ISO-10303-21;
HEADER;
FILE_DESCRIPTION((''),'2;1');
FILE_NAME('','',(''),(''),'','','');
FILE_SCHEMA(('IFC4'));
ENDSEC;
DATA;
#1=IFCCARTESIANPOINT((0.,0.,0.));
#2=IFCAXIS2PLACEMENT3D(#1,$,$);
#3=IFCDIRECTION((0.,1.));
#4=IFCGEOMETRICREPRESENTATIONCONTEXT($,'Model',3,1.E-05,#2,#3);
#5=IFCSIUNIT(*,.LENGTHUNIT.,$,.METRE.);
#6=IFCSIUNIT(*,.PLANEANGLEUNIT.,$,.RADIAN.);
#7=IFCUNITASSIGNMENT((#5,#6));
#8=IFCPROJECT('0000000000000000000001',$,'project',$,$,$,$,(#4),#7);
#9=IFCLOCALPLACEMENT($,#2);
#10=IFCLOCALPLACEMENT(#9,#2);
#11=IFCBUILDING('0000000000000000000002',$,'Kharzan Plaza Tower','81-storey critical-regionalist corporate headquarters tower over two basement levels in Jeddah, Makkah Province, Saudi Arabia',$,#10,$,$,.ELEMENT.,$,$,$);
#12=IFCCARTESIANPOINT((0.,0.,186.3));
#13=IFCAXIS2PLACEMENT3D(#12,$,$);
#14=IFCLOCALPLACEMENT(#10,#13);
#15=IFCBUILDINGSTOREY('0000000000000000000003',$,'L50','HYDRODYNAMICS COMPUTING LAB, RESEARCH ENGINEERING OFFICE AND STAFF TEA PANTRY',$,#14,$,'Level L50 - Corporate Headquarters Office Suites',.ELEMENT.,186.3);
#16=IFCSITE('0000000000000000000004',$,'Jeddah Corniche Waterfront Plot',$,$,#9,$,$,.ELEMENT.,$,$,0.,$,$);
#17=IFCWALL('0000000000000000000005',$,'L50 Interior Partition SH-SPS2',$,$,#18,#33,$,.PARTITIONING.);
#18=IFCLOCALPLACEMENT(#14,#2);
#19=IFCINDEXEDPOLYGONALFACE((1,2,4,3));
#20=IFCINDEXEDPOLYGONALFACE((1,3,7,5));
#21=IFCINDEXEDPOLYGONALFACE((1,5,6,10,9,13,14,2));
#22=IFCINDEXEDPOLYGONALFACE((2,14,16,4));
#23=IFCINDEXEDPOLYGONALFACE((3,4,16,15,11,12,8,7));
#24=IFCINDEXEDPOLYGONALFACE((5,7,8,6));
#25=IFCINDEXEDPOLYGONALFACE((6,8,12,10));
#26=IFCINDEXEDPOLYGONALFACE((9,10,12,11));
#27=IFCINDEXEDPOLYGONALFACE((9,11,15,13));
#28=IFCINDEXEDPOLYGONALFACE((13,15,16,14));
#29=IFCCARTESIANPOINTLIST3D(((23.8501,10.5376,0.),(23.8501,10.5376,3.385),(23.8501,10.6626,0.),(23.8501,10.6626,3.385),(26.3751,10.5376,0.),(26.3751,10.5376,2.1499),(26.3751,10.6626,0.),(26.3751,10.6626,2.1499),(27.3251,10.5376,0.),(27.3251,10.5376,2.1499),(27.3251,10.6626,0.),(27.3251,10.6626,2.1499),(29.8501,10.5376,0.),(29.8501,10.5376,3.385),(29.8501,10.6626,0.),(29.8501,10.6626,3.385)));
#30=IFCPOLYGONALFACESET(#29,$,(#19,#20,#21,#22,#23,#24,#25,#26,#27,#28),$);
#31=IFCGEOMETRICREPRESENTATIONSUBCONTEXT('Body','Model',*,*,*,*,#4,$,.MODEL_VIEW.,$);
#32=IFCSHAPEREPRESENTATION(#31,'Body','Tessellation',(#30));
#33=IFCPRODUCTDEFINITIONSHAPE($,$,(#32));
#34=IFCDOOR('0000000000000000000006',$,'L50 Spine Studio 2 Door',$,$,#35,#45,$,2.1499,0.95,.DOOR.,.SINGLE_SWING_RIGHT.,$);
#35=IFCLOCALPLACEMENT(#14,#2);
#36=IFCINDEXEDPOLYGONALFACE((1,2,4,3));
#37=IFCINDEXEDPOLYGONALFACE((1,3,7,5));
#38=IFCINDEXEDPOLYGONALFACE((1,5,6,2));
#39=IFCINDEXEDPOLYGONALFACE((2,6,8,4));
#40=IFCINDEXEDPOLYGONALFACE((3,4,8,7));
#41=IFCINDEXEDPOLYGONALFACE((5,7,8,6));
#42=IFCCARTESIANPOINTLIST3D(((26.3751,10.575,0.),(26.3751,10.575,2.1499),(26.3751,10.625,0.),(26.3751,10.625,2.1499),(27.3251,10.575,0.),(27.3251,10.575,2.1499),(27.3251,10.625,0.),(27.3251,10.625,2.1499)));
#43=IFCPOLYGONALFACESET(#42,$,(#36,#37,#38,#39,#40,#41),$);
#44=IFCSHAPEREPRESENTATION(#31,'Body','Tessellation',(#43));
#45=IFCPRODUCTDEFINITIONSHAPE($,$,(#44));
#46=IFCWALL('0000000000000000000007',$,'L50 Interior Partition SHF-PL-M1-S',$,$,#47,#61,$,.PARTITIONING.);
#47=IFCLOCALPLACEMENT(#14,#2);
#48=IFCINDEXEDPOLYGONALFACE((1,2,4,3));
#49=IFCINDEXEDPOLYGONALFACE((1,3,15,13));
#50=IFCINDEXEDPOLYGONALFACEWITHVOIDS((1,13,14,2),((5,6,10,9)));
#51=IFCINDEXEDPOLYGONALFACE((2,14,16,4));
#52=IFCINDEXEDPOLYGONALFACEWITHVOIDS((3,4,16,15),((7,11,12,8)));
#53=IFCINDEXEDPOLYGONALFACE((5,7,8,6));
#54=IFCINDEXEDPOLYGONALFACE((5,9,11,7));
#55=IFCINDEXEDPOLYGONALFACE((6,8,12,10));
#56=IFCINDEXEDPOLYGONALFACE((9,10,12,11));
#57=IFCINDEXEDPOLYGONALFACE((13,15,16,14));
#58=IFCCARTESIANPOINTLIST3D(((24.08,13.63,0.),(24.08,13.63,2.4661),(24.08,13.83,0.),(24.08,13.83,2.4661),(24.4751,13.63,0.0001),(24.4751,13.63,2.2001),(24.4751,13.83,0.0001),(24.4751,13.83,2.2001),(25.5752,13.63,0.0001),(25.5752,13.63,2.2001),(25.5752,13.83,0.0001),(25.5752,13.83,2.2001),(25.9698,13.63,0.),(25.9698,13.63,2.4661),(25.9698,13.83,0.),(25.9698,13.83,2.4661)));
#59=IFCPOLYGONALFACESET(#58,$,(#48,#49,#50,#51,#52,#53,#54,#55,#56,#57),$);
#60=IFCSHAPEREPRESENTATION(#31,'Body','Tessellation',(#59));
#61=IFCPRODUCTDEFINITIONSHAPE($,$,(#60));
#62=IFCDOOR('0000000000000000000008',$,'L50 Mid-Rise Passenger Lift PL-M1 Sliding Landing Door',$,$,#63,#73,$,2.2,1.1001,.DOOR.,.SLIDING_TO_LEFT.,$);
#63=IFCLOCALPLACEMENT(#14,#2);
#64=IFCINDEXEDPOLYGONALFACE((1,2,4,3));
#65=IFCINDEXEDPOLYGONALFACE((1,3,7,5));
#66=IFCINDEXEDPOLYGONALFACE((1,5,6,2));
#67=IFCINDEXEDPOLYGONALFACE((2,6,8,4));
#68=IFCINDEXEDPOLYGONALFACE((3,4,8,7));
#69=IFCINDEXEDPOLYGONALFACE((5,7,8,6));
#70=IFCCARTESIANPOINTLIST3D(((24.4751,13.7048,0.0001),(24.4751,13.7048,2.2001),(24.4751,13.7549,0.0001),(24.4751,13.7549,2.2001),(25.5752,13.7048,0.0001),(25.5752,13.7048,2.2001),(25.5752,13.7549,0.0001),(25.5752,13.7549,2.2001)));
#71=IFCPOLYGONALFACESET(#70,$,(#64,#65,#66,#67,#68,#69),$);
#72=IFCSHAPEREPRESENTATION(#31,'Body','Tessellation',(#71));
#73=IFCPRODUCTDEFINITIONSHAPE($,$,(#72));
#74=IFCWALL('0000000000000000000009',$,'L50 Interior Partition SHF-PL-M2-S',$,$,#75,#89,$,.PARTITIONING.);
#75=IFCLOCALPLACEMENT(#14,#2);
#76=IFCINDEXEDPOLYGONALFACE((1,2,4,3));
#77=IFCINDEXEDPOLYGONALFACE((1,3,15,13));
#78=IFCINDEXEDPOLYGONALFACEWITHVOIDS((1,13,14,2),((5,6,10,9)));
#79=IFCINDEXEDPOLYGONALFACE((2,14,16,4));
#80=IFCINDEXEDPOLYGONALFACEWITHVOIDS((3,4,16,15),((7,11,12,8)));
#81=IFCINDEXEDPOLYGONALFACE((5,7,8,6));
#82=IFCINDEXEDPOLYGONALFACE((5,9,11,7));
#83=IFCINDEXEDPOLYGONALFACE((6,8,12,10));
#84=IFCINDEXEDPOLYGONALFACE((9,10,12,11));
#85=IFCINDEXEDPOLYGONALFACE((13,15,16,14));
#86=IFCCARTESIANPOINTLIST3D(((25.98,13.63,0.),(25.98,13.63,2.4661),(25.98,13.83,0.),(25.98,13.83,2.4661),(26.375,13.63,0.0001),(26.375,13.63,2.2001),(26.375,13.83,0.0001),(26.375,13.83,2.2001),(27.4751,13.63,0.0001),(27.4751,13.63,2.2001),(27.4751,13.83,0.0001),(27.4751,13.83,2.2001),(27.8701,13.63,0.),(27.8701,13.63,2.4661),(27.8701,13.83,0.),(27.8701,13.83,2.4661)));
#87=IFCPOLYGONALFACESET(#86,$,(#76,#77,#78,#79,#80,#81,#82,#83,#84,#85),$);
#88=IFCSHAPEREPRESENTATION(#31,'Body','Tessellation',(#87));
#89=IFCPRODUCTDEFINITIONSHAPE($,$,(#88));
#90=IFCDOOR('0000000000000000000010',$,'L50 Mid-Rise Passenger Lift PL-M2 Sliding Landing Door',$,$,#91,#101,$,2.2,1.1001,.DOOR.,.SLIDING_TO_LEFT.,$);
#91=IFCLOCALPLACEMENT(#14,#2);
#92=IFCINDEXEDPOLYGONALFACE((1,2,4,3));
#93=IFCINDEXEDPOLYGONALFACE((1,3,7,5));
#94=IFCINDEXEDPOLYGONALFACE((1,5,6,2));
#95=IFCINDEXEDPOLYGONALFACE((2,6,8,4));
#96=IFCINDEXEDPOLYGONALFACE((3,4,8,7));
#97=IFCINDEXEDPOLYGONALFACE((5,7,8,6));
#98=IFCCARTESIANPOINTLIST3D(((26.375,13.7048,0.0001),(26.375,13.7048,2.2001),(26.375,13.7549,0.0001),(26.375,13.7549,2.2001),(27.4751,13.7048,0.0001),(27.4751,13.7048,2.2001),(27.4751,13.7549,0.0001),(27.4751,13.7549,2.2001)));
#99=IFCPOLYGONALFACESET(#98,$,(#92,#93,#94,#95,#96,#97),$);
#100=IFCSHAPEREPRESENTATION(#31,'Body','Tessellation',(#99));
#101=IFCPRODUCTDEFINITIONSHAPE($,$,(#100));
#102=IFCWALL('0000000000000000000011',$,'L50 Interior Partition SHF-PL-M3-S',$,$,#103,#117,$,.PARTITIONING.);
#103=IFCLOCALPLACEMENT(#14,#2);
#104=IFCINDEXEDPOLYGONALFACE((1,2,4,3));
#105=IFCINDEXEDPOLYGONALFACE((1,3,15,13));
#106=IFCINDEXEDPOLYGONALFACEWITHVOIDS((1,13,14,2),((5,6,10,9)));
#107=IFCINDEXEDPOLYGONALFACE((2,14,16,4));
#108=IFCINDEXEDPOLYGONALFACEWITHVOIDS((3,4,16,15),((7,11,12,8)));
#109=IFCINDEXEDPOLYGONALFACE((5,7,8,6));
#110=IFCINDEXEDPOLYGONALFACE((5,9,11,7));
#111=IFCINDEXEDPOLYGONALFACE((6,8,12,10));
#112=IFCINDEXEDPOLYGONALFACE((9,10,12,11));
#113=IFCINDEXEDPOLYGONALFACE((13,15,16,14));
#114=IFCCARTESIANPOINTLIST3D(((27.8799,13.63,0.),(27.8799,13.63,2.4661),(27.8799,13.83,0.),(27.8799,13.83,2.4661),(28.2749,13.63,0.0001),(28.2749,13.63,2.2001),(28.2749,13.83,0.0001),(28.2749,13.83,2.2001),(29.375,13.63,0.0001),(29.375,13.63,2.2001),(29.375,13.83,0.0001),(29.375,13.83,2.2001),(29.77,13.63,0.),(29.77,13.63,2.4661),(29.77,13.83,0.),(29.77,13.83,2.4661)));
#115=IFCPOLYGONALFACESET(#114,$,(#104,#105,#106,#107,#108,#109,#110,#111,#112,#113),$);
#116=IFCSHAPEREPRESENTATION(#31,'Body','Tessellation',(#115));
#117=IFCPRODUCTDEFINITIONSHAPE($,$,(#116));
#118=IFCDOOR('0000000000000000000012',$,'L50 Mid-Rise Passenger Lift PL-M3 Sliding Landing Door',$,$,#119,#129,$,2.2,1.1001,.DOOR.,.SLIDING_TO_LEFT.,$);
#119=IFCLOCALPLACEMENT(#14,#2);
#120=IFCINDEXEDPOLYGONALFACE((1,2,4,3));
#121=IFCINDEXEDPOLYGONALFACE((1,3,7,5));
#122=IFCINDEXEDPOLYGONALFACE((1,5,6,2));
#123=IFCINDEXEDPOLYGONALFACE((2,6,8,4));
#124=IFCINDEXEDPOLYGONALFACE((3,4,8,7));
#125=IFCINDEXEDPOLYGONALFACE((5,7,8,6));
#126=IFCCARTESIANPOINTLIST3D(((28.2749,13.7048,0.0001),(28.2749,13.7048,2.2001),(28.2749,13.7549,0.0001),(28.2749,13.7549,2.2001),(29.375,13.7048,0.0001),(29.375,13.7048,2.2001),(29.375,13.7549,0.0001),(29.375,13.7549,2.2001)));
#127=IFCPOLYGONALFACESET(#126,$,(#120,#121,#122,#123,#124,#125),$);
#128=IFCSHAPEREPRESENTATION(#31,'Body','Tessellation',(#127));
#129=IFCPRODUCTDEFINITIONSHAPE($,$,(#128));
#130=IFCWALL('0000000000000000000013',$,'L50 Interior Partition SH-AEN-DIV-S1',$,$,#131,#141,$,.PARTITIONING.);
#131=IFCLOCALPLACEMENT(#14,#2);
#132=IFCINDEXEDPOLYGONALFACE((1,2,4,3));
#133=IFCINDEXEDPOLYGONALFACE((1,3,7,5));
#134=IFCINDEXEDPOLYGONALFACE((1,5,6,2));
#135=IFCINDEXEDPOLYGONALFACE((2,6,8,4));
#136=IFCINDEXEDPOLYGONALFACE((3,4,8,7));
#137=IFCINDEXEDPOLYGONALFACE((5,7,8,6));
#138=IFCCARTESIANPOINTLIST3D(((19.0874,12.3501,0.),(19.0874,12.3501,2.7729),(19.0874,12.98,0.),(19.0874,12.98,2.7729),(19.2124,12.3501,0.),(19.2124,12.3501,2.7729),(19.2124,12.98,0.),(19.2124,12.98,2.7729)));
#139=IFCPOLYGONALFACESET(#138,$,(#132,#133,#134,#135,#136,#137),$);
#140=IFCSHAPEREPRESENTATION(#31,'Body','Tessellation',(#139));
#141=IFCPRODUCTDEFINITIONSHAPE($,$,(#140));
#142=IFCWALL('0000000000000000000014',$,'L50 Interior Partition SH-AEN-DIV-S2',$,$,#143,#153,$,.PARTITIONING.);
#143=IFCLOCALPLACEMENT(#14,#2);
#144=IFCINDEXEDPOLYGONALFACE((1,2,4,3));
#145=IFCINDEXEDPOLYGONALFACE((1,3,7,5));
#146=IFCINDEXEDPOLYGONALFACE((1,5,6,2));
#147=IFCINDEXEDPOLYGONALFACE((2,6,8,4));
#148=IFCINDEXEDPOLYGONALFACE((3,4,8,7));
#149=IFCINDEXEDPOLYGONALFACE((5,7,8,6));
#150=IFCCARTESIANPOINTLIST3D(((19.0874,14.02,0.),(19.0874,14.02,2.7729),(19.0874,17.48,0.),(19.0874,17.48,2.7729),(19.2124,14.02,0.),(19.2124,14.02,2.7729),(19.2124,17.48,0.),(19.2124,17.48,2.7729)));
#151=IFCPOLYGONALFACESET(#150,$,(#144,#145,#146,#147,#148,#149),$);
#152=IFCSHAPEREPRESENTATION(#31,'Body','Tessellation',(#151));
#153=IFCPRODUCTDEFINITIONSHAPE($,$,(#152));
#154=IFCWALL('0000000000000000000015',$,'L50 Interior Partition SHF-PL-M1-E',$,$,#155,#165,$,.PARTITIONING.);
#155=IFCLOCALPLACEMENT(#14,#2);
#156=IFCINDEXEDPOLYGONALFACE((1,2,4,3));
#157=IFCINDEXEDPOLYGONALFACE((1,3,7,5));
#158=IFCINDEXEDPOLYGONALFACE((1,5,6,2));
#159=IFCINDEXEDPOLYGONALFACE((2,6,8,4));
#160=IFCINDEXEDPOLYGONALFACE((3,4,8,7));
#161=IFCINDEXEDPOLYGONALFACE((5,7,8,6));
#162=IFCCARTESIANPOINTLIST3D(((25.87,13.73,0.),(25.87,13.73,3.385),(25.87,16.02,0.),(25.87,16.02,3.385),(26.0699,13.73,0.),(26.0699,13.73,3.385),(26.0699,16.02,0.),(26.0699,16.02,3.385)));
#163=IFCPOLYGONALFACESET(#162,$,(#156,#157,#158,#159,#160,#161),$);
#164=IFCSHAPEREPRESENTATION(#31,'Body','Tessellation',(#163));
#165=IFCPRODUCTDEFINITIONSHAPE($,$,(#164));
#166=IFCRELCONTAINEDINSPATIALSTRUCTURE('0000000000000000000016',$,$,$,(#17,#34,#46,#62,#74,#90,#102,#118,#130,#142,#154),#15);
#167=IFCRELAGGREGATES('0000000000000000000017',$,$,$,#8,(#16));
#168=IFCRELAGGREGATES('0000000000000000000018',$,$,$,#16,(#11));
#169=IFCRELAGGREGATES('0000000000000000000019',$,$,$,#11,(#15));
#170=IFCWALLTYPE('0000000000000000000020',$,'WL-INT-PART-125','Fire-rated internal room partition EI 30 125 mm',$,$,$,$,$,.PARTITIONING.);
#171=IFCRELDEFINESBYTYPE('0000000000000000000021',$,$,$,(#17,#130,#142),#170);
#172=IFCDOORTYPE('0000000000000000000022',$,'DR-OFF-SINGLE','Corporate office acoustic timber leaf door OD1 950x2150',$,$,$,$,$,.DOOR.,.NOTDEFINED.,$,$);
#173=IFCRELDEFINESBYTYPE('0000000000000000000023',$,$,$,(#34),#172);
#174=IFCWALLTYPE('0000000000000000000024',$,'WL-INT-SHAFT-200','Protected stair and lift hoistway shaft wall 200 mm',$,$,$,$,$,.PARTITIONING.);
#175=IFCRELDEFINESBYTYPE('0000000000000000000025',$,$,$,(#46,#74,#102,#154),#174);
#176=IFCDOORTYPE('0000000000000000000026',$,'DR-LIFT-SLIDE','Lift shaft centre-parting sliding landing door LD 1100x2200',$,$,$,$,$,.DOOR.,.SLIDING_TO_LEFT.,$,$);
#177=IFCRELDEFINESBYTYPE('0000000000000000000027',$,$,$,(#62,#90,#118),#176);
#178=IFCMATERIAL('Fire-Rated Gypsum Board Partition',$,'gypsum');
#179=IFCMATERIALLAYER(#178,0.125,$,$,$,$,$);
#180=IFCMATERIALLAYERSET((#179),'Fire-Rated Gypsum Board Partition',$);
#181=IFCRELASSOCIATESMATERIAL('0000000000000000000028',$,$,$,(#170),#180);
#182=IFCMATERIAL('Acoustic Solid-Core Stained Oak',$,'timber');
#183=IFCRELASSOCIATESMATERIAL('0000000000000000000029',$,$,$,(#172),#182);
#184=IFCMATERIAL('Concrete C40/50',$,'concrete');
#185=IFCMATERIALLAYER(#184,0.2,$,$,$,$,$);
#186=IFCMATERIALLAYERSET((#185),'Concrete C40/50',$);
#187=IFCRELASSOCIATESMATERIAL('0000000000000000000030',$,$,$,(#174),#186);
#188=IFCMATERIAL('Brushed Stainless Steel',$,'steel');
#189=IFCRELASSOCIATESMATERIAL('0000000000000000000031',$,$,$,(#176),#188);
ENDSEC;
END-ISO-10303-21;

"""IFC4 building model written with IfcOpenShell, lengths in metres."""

from ifc_helpers import new_model, si_unit, direction, frame, frame_2d, origin, place, context, subcontext, project, spatial, rectangle, extrude, source, transform, mapped, material, layer, layer_set, type_object, element, fill, save


model = new_model("IFC4")

# Units and contexts
model_context = context("Model", 3, precision=1e-05, world=origin(), true_north=direction((0.0, 1.0)))
body_context = subcontext(model_context, "Body", "Model", "MODEL_VIEW")
ifc_project = project(units=[si_unit("LENGTHUNIT", "METRE"), si_unit("PLANEANGLEUNIT", "RADIAN")], contexts=[model_context])

# Site, building, storey
site_placement = place(None, origin())
site = spatial("IfcSite", under=ifc_project, at=site_placement, Name="Jeddah Corniche Waterfront Plot", CompositionType="ELEMENT", RefElevation=0.0)
building_placement = place(site_placement, origin())
building = spatial("IfcBuilding", under=site, at=building_placement, Name="Kharzan Plaza Tower", Description="81-storey critical-regionalist corporate headquarters tower over two basement levels in Jeddah, Makkah Province, Saudi Arabia", CompositionType="ELEMENT")
storey_placement = place(building_placement, frame((0.0, 0.0, 186.3)))
storey = spatial("IfcBuildingStorey", under=building, at=storey_placement, Name="L50", Description="HYDRODYNAMICS COMPUTING LAB, RESEARCH ENGINEERING OFFICE AND STAFF TEA PANTRY", LongName="Level L50 - Corporate Headquarters Office Suites", CompositionType="ELEMENT", Elevation=186.3)

# Walls, openings, doors
ifc_material_1 = material(Name="Fire-Rated Gypsum Board Partition", Category="gypsum")
ifc_layer_1 = layer(ifc_material_1, 0.125)
ifc_layer_set_1 = layer_set([ifc_layer_1], Name="Fire-Rated Gypsum Board Partition")
wall_type_1 = type_object("IfcWallType", Name="WL-INT-PART-125", Description="Fire-rated internal room partition EI 30 125 mm", PredefinedType="PARTITIONING", material=ifc_layer_set_1)
ifc_material_2 = material(Name="Acoustic Solid-Core Stained Oak", Category="timber")
door_type_1 = type_object("IfcDoorType", Name="DR-OFF-SINGLE", Description="Corporate office acoustic timber leaf door OD1 950x2150", OperationType="NOTDEFINED", PredefinedType="DOOR", material=ifc_material_2)
shared_shape_1 = source(origin(), body_context, "Body", "SweptSolid", [
    extrude(rectangle(XDim=0.95, YDim=2.1499, at=frame_2d((0.4751, 1.075))), frame((0.0, 0.0249, 0.0), z_axis=(0.0, -1.0, 0.0), x_axis=(1.0, 0.0, 0.0)), (0.0, 0.0, 1.0), 0.05),
])
wall_1_placement = place(storey_placement, frame((23.8501, 10.6001, 0.0), z_axis=(0.0, 0.0, 1.0), x_axis=(1.0, 0.0, 0.0)))
wall_1 = element("IfcWall", 1, at=wall_1_placement, inside=storey, type_object=wall_type_1, Name="L50 Interior Partition SH-SPS2", PredefinedType="PARTITIONING", context=body_context, shape_type="SweptSolid", body=[
    extrude(rectangle(XDim=6.0, YDim=0.125, at=frame_2d((3.0, 0.0))), origin(), (0.0, 0.0, 1.0), 3.385),
])
opening_1_placement = place(wall_1_placement, frame((2.5249, 0.0, 0.0)))
opening_1 = element("IfcOpeningElement", 2, at=opening_1_placement, cuts=wall_1, PredefinedType="OPENING", context=body_context, shape_type="SweptSolid", body=[
    extrude(rectangle(XDim=0.95, YDim=2.1499, at=frame_2d((0.4751, 1.075))), frame((0.0, 0.0725, 0.0), z_axis=(0.0, -1.0, 0.0), x_axis=(1.0, 0.0, 0.0)), (0.0, 0.0, 1.0), 0.145),
])
door_1_placement = place(opening_1_placement, origin())
door_1 = element("IfcDoor", 3, at=door_1_placement, inside=storey, type_object=door_type_1, Name="L50 Spine Studio 2 Door", OperationType="SINGLE_SWING_RIGHT", OverallHeight=2.1499, OverallWidth=0.95, PredefinedType="DOOR", context=body_context, shape_type="MappedRepresentation", body=[
    mapped(shared_shape_1, transform((0.0, 0.0, 0.0), x_axis=(1.0, 0.0, 0.0), y_axis=(0.0, 1.0, 0.0), z_axis=(0.0, 0.0, 1.0))),
])
fill(opening_1, door_1)
ifc_material_3 = material(Name="Concrete C40/50", Category="concrete")
ifc_layer_2 = layer(ifc_material_3, 0.2)
ifc_layer_set_2 = layer_set([ifc_layer_2], Name="Concrete C40/50")
wall_type_2 = type_object("IfcWallType", Name="WL-INT-SHAFT-200", Description="Protected stair and lift hoistway shaft wall 200 mm", PredefinedType="PARTITIONING", material=ifc_layer_set_2)
wall_2_placement = place(storey_placement, frame((24.0801, 13.73, 0.0), z_axis=(0.0, 0.0, 1.0), x_axis=(1.0, 0.0, 0.0)))
wall_2 = element("IfcWall", 4, at=wall_2_placement, inside=storey, type_object=wall_type_2, Name="L50 Interior Partition SHF-PL-M1-S", PredefinedType="PARTITIONING", context=body_context, shape_type="SweptSolid", body=[
    extrude(rectangle(XDim=1.8899, YDim=0.2, at=frame_2d((0.9448, 0.0))), origin(), (0.0, 0.0, 1.0), 2.4661),
])
opening_2_placement = place(wall_2_placement, frame((0.395, 0.0, 0.0)))
opening_2 = element("IfcOpeningElement", 5, at=opening_2_placement, cuts=wall_2, PredefinedType="OPENING", context=body_context, shape_type="SweptSolid", body=[
    extrude(rectangle(XDim=1.1001, YDim=2.2, at=frame_2d((0.55, 1.1001))), frame((0.0, 0.1099, 0.0), z_axis=(0.0, -1.0, 0.0), x_axis=(1.0, 0.0, 0.0)), (0.0, 0.0, 1.0), 0.22),
])
ifc_material_4 = material(Name="Brushed Stainless Steel", Category="steel")
door_type_2 = type_object("IfcDoorType", Name="DR-LIFT-SLIDE", Description="Lift shaft centre-parting sliding landing door LD 1100x2200", OperationType="SLIDING_TO_LEFT", PredefinedType="DOOR", material=ifc_material_4)
shared_shape_2 = source(origin(), body_context, "Body", "SweptSolid", [
    extrude(rectangle(XDim=1.1001, YDim=2.2, at=frame_2d((0.55, 1.1001))), frame((0.0, 0.0249, 0.0), z_axis=(0.0, -1.0, 0.0), x_axis=(1.0, 0.0, 0.0)), (0.0, 0.0, 1.0), 0.05),
])
door_2_placement = place(opening_2_placement, origin())
door_2 = element("IfcDoor", 6, at=door_2_placement, inside=storey, type_object=door_type_2, Name="L50 Mid-Rise Passenger Lift PL-M1 Sliding Landing Door", OperationType="SLIDING_TO_LEFT", OverallHeight=2.2, OverallWidth=1.1001, PredefinedType="DOOR", context=body_context, shape_type="MappedRepresentation", body=[
    mapped(shared_shape_2, transform((0.0, 0.0, 0.0), x_axis=(1.0, 0.0, 0.0), y_axis=(0.0, 1.0, 0.0), z_axis=(0.0, 0.0, 1.0))),
])
fill(opening_2, door_2)
wall_3_placement = place(storey_placement, frame((25.98, 13.73, 0.0), z_axis=(0.0, 0.0, 1.0), x_axis=(1.0, 0.0, 0.0)))
wall_3 = element("IfcWall", 7, at=wall_3_placement, inside=storey, type_object=wall_type_2, Name="L50 Interior Partition SHF-PL-M2-S", PredefinedType="PARTITIONING", context=body_context, shape_type="SweptSolid", body=[
    extrude(rectangle(XDim=1.8901, YDim=0.2, at=frame_2d((0.9451, 0.0))), origin(), (0.0, 0.0, 1.0), 2.4661),
])
opening_3_placement = place(wall_3_placement, frame((0.395, 0.0, 0.0)))
opening_3 = element("IfcOpeningElement", 8, at=opening_3_placement, cuts=wall_3, PredefinedType="OPENING", context=body_context, shape_type="SweptSolid", body=[
    extrude(rectangle(XDim=1.1001, YDim=2.2, at=frame_2d((0.55, 1.1001))), frame((0.0, 0.1099, 0.0), z_axis=(0.0, -1.0, 0.0), x_axis=(1.0, 0.0, 0.0)), (0.0, 0.0, 1.0), 0.22),
])
door_3_placement = place(opening_3_placement, origin())
door_3 = element("IfcDoor", 9, at=door_3_placement, inside=storey, type_object=door_type_2, Name="L50 Mid-Rise Passenger Lift PL-M2 Sliding Landing Door", OperationType="SLIDING_TO_LEFT", OverallHeight=2.2, OverallWidth=1.1001, PredefinedType="DOOR", context=body_context, shape_type="MappedRepresentation", body=[
    mapped(shared_shape_2, transform((0.0, 0.0, 0.0), x_axis=(1.0, 0.0, 0.0), y_axis=(0.0, 1.0, 0.0), z_axis=(0.0, 0.0, 1.0))),
])
fill(opening_3, door_3)
wall_4_placement = place(storey_placement, frame((27.8799, 13.73, 0.0), z_axis=(0.0, 0.0, 1.0), x_axis=(1.0, 0.0, 0.0)))
wall_4 = element("IfcWall", 10, at=wall_4_placement, inside=storey, type_object=wall_type_2, Name="L50 Interior Partition SHF-PL-M3-S", PredefinedType="PARTITIONING", context=body_context, shape_type="SweptSolid", body=[
    extrude(rectangle(XDim=1.8901, YDim=0.2, at=frame_2d((0.9451, 0.0))), origin(), (0.0, 0.0, 1.0), 2.4661),
])
opening_4_placement = place(wall_4_placement, frame((0.395, 0.0, 0.0)))
opening_4 = element("IfcOpeningElement", 11, at=opening_4_placement, cuts=wall_4, PredefinedType="OPENING", context=body_context, shape_type="SweptSolid", body=[
    extrude(rectangle(XDim=1.1001, YDim=2.2, at=frame_2d((0.55, 1.1001))), frame((0.0, 0.1099, 0.0), z_axis=(0.0, -1.0, 0.0), x_axis=(1.0, 0.0, 0.0)), (0.0, 0.0, 1.0), 0.22),
])
door_4_placement = place(opening_4_placement, origin())
door_4 = element("IfcDoor", 12, at=door_4_placement, inside=storey, type_object=door_type_2, Name="L50 Mid-Rise Passenger Lift PL-M3 Sliding Landing Door", OperationType="SLIDING_TO_LEFT", OverallHeight=2.2, OverallWidth=1.1001, PredefinedType="DOOR", context=body_context, shape_type="MappedRepresentation", body=[
    mapped(shared_shape_2, transform((0.0, 0.0, 0.0), x_axis=(1.0, 0.0, 0.0), y_axis=(0.0, 1.0, 0.0), z_axis=(0.0, 0.0, 1.0))),
])
fill(opening_4, door_4)

# Walls
shared_shape_3 = source(origin(), body_context, "Body", "SweptSolid", [
    extrude(rectangle(XDim=0.6299, YDim=0.125, at=frame_2d((0.3149, 0.0))), origin(), (0.0, 0.0, 1.0), 2.7729),
])
wall_5_placement = place(storey_placement, frame((19.1499, 12.3501, 0.0), z_axis=(0.0, 0.0, 1.0), x_axis=(0.0, 1.0, 0.0)))
element("IfcWall", 13, at=wall_5_placement, inside=storey, type_object=wall_type_1, Name="L50 Interior Partition SH-AEN-DIV-S1", PredefinedType="PARTITIONING", context=body_context, shape_type="MappedRepresentation", body=[
    mapped(shared_shape_3, transform((0.0, 0.0, 0.0), x_axis=(1.0, 0.0, 0.0), y_axis=(0.0, 1.0, 0.0), z_axis=(0.0, 0.0, 1.0))),
])
shared_shape_4 = source(origin(), body_context, "Body", "SweptSolid", [
    extrude(rectangle(XDim=3.46, YDim=0.125, at=frame_2d((1.73, 0.0))), origin(), (0.0, 0.0, 1.0), 2.7729),
])
wall_6_placement = place(storey_placement, frame((19.1499, 14.02, 0.0), z_axis=(0.0, 0.0, 1.0), x_axis=(0.0, 1.0, 0.0)))
element("IfcWall", 14, at=wall_6_placement, inside=storey, type_object=wall_type_1, Name="L50 Interior Partition SH-AEN-DIV-S2", PredefinedType="PARTITIONING", context=body_context, shape_type="MappedRepresentation", body=[
    mapped(shared_shape_4, transform((0.0, 0.0, 0.0), x_axis=(1.0, 0.0, 0.0), y_axis=(0.0, 1.0, 0.0), z_axis=(0.0, 0.0, 1.0))),
])
shared_shape_5 = source(origin(), body_context, "Body", "SweptSolid", [
    extrude(rectangle(XDim=2.29, YDim=0.2, at=frame_2d((1.145, 0.0))), origin(), (0.0, 0.0, 1.0), 3.385),
])
for number, where, z_axis, x_axis, name in (
    (15, (25.97, 13.73, 0.0), (0.0, 0.0, 1.0), (0.0, 1.0, 0.0), "L50 Interior Partition SHF-PL-M1-E"),
):
    element("IfcWall", number, at=place(storey_placement, frame(where, z_axis=z_axis, x_axis=x_axis)), inside=storey, type_object=wall_type_2, Name=name, PredefinedType="PARTITIONING", context=body_context, shape_type="MappedRepresentation", body=[
        mapped(shared_shape_5, transform((0.0, 0.0, 0.0), x_axis=(1.0, 0.0, 0.0), y_axis=(0.0, 1.0, 0.0), z_axis=(0.0, 0.0, 1.0))),
    ])

save(model, "model.ifc")
